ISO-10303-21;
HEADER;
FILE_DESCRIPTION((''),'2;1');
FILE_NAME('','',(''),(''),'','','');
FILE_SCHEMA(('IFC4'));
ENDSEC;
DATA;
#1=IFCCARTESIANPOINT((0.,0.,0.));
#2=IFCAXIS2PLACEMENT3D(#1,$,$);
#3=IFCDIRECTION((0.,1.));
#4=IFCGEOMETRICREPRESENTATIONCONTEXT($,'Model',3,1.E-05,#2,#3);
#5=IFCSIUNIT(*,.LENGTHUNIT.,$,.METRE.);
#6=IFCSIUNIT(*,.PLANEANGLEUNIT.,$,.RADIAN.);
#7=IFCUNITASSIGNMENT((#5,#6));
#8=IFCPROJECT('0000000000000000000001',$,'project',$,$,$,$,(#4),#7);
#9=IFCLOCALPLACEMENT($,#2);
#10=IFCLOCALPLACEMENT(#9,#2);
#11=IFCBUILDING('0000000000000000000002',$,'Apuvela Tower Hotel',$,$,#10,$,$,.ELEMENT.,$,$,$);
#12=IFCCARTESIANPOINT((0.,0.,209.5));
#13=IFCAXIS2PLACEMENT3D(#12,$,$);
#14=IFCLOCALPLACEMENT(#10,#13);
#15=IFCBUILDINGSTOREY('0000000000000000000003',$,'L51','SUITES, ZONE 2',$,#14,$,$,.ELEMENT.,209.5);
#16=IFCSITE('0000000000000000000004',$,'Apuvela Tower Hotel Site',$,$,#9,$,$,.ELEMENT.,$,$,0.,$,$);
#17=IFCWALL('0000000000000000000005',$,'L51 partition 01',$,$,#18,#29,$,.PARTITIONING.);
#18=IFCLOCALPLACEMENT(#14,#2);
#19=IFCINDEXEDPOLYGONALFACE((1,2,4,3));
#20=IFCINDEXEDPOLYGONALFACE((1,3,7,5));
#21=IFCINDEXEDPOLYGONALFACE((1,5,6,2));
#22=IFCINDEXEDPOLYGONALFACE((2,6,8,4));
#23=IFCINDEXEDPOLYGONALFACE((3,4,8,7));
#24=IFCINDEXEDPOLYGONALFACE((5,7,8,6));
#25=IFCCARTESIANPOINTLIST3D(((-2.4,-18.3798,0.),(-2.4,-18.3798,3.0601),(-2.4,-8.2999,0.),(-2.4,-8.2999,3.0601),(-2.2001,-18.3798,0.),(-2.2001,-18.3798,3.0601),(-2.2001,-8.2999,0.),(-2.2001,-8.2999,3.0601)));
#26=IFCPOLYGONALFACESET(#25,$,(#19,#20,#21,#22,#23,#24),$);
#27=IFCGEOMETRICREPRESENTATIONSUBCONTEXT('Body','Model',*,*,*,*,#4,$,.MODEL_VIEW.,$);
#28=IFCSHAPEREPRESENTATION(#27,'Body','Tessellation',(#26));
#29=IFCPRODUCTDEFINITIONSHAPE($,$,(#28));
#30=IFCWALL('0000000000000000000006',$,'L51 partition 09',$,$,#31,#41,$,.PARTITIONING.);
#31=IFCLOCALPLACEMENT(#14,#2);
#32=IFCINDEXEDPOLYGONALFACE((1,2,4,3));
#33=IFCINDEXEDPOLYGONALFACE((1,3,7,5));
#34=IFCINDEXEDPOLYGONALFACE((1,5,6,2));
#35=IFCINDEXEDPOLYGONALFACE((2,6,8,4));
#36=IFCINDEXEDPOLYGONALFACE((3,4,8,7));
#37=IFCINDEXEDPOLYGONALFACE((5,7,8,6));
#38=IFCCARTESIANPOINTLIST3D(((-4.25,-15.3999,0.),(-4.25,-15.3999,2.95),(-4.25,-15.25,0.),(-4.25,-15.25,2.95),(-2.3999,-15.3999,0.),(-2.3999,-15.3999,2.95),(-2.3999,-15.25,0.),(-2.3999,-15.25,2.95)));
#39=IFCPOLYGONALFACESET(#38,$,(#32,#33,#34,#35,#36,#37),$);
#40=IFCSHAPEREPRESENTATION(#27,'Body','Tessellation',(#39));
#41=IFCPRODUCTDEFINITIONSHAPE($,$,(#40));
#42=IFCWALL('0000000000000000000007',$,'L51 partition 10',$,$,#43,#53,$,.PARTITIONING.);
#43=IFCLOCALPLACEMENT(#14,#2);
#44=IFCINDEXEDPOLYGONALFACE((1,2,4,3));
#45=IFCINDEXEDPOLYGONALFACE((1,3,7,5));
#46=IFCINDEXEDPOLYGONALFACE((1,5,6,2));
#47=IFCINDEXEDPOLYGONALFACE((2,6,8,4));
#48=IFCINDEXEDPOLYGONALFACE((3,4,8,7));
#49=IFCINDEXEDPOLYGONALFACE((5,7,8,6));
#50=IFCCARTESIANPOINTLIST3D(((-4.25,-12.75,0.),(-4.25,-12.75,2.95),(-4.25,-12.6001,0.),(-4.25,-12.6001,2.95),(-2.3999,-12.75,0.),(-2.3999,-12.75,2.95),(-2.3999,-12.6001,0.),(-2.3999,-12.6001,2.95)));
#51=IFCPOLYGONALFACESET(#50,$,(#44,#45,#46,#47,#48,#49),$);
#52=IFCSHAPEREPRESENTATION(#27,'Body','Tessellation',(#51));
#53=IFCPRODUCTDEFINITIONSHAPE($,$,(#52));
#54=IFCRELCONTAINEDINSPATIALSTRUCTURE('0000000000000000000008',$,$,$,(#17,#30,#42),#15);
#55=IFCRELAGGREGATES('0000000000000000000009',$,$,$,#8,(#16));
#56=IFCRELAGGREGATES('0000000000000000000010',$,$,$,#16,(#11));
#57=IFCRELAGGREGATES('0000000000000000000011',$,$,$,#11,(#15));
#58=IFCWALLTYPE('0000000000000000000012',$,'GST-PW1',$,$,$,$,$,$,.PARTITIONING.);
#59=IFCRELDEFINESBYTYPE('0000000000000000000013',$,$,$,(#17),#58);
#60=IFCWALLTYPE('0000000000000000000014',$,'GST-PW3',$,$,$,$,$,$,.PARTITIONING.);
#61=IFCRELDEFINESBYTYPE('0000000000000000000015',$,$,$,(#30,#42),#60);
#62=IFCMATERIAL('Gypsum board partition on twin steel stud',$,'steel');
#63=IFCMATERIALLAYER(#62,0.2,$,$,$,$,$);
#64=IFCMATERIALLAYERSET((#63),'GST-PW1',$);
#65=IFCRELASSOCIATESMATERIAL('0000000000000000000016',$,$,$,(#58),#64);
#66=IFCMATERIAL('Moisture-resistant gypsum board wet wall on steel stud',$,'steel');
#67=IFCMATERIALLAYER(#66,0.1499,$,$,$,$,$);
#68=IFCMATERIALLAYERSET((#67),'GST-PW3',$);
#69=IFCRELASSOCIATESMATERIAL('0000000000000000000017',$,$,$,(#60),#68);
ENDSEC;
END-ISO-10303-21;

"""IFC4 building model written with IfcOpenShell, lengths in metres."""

from ifc_helpers import new_model, si_unit, direction, frame, frame_2d, origin, place, context, subcontext, project, spatial, rectangle, extrude, material, layer, layer_set, type_object, element, save


model = new_model("IFC4")

# Units and contexts
model_context = context("Model", 3, precision=1e-05, world=origin(), true_north=direction((0.0, 1.0)))
body_context = subcontext(model_context, "Body", "Model", "MODEL_VIEW")
ifc_project = project(units=[si_unit("LENGTHUNIT", "METRE"), si_unit("PLANEANGLEUNIT", "RADIAN")], contexts=[model_context])

# Site, building, storey
site_placement = place(None, origin())
site = spatial("IfcSite", under=ifc_project, at=site_placement, Name="Apuvela Tower Hotel Site", CompositionType="ELEMENT", RefElevation=0.0)
building_placement = place(site_placement, origin())
building = spatial("IfcBuilding", under=site, at=building_placement, Name="Apuvela Tower Hotel", CompositionType="ELEMENT")
storey_placement = place(building_placement, frame((0.0, 0.0, 209.5)))
storey = spatial("IfcBuildingStorey", under=building, at=storey_placement, Name="L51", Description="SUITES, ZONE 2", CompositionType="ELEMENT", Elevation=209.5)

# Walls
ifc_material_1 = material(Name="Gypsum board partition on twin steel stud", Category="steel")
ifc_layer_1 = layer(ifc_material_1, 0.2)
ifc_layer_set_1 = layer_set([ifc_layer_1], Name="GST-PW1")
wall_type_1 = type_object("IfcWallType", Name="GST-PW1", PredefinedType="PARTITIONING", material=ifc_layer_set_1)
wall_1_placement = place(storey_placement, frame((-2.3, -18.3799, 0.0), z_axis=(0.0, 0.0, 1.0), x_axis=(0.0, 1.0, 0.0)))
element("IfcWall", 1, at=wall_1_placement, inside=storey, type_object=wall_type_1, Name="L51 partition 01", PredefinedType="PARTITIONING", context=body_context, shape_type="SweptSolid", body=[
    extrude(rectangle(XDim=10.0798, YDim=0.2, at=frame_2d((5.04, 0.0))), origin(), (0.0, 0.0, 1.0), 3.0601),
])
ifc_material_2 = material(Name="Moisture-resistant gypsum board wet wall on steel stud", Category="steel")
ifc_layer_2 = layer(ifc_material_2, 0.1499)
ifc_layer_set_2 = layer_set([ifc_layer_2], Name="GST-PW3")
wall_type_2 = type_object("IfcWallType", Name="GST-PW3", PredefinedType="PARTITIONING", material=ifc_layer_set_2)
for number, where, z_axis, x_axis, name in (
    (2, (-4.25, -15.325, 0.0), (0.0, 0.0, 1.0), (1.0, 0.0, 0.0), "L51 partition 09"),
    (3, (-4.25, -12.675, 0.0), (0.0, 0.0, 1.0), (1.0, 0.0, 0.0), "L51 partition 10"),
):
    element("IfcWall", number, at=place(storey_placement, frame(where, z_axis=z_axis, x_axis=x_axis)), inside=storey, type_object=wall_type_2, Name=name, PredefinedType="PARTITIONING", context=body_context, shape_type="SweptSolid", body=[
        extrude(rectangle(XDim=1.8501, YDim=0.1499, at=frame_2d((0.925, 0.0))), origin(), (0.0, 0.0, 1.0), 2.95),
    ])

save(model, "model.ifc")
